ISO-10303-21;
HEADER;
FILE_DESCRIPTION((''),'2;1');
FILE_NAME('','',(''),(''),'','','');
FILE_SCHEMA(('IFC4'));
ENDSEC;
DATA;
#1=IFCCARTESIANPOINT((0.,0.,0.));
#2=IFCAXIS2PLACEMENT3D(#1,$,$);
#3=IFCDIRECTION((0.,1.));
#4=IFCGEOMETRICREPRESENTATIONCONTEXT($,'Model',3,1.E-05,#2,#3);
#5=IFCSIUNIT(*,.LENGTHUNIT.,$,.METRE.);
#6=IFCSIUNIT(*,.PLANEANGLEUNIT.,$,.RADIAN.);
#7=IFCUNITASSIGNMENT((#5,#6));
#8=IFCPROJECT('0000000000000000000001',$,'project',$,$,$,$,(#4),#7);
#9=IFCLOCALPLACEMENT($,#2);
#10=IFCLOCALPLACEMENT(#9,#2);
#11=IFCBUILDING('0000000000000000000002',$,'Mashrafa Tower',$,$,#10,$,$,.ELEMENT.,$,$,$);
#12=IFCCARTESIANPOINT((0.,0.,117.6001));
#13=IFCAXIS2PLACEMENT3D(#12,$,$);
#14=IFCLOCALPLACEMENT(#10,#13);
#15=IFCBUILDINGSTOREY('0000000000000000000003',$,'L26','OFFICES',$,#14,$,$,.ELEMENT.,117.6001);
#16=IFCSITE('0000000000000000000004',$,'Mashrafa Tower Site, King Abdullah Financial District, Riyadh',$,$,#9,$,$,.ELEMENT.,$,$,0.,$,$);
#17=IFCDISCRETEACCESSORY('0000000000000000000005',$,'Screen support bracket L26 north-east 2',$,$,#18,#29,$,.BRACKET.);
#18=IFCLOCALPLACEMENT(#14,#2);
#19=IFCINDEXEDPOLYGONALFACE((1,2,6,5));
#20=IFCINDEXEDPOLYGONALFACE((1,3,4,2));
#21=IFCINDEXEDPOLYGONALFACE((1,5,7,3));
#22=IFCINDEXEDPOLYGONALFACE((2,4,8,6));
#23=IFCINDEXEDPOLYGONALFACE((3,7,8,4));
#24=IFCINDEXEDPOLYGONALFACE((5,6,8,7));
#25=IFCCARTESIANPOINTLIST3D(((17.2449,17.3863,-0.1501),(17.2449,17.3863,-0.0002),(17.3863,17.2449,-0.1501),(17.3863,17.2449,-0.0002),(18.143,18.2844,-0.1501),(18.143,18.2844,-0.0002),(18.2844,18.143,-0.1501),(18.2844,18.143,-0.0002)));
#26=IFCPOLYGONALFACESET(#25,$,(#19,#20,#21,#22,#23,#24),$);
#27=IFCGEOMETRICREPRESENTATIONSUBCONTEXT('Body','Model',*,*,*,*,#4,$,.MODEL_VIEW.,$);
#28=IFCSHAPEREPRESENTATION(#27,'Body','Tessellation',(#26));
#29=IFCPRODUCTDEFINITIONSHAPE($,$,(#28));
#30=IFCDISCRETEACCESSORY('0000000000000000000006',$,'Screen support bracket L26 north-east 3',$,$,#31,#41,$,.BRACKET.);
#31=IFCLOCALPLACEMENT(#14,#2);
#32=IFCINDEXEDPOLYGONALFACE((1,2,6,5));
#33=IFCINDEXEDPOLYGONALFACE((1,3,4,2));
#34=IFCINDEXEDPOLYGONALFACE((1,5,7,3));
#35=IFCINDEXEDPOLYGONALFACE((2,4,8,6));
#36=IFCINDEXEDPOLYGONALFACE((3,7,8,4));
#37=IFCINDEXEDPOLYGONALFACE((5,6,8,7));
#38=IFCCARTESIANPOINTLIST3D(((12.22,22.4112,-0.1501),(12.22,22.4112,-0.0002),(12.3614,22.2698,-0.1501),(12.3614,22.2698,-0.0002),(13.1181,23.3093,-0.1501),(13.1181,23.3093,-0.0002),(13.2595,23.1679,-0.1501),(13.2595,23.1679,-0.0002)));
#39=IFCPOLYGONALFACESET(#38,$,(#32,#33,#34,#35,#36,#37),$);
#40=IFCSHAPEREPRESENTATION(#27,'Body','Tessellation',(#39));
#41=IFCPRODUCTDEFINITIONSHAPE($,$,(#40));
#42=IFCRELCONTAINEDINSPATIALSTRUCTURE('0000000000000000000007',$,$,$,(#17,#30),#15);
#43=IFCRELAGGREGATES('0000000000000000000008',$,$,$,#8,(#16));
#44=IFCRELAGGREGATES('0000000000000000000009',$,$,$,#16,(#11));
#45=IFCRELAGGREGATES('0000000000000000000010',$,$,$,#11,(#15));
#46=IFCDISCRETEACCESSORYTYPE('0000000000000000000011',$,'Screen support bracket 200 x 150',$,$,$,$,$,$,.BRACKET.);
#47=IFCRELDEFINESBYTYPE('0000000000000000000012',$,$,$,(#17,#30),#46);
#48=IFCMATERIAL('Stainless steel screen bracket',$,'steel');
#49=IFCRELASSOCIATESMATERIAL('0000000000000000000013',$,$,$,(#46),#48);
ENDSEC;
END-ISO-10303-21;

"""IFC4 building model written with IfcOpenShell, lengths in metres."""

from ifc_helpers import new_model, si_unit, direction, frame, origin, origin_2d, place, context, subcontext, project, spatial, rectangle, extrude, source, transform, mapped, material, type_object, type_shapes, element, save


model = new_model("IFC4")

# Units and contexts
model_context = context("Model", 3, precision=1e-05, world=origin(), true_north=direction((0.0, 1.0)))
body_context = subcontext(model_context, "Body", "Model", "MODEL_VIEW")
ifc_project = project(units=[si_unit("LENGTHUNIT", "METRE"), si_unit("PLANEANGLEUNIT", "RADIAN")], contexts=[model_context])

# Site, building, storey
site_placement = place(None, origin())
site = spatial("IfcSite", under=ifc_project, at=site_placement, Name="Mashrafa Tower Site, King Abdullah Financial District, Riyadh", CompositionType="ELEMENT", RefElevation=0.0)
building_placement = place(site_placement, origin())
building = spatial("IfcBuilding", under=site, at=building_placement, Name="Mashrafa Tower", CompositionType="ELEMENT")
storey_placement = place(building_placement, frame((0.0, 0.0, 117.6001)))
storey = spatial("IfcBuildingStorey", under=building, at=storey_placement, Name="L26", Description="OFFICES", CompositionType="ELEMENT", Elevation=117.6001)

# Discrete accessories
ifc_material_1 = material(Name="Stainless steel screen bracket", Category="steel")
discrete_accessory_type = type_object("IfcDiscreteAccessoryType", Name="Screen support bracket 200 x 150", PredefinedType="BRACKET", material=ifc_material_1)
shared_shape_1 = source(origin(), body_context, "Body", "SweptSolid", [
    extrude(rectangle(XDim=0.2, YDim=1.27, at=origin_2d()), origin(), (0.0, 0.0, 1.0), 0.1499),
])
type_shapes(discrete_accessory_type, [shared_shape_1])
for number, where, z_axis, x_axis, name in (
    (1, (17.7646, 17.7646, -0.1501), (0.0, 0.0, 1.0), (-0.707107, 0.707107, 0.0), "Screen support bracket L26 north-east 2"),
    (2, (12.7397, 22.7896, -0.1501), (0.0, 0.0, 1.0), (-0.707107, 0.707107, 0.0), "Screen support bracket L26 north-east 3"),
):
    element("IfcDiscreteAccessory", number, at=place(storey_placement, frame(where, z_axis=z_axis, x_axis=x_axis)), inside=storey, type_object=discrete_accessory_type, Name=name, PredefinedType="BRACKET", context=body_context, shape_type="MappedRepresentation", body=[
        mapped(shared_shape_1, transform((0.0, 0.0, 0.0))),
    ])

save(model, "model.ifc")
